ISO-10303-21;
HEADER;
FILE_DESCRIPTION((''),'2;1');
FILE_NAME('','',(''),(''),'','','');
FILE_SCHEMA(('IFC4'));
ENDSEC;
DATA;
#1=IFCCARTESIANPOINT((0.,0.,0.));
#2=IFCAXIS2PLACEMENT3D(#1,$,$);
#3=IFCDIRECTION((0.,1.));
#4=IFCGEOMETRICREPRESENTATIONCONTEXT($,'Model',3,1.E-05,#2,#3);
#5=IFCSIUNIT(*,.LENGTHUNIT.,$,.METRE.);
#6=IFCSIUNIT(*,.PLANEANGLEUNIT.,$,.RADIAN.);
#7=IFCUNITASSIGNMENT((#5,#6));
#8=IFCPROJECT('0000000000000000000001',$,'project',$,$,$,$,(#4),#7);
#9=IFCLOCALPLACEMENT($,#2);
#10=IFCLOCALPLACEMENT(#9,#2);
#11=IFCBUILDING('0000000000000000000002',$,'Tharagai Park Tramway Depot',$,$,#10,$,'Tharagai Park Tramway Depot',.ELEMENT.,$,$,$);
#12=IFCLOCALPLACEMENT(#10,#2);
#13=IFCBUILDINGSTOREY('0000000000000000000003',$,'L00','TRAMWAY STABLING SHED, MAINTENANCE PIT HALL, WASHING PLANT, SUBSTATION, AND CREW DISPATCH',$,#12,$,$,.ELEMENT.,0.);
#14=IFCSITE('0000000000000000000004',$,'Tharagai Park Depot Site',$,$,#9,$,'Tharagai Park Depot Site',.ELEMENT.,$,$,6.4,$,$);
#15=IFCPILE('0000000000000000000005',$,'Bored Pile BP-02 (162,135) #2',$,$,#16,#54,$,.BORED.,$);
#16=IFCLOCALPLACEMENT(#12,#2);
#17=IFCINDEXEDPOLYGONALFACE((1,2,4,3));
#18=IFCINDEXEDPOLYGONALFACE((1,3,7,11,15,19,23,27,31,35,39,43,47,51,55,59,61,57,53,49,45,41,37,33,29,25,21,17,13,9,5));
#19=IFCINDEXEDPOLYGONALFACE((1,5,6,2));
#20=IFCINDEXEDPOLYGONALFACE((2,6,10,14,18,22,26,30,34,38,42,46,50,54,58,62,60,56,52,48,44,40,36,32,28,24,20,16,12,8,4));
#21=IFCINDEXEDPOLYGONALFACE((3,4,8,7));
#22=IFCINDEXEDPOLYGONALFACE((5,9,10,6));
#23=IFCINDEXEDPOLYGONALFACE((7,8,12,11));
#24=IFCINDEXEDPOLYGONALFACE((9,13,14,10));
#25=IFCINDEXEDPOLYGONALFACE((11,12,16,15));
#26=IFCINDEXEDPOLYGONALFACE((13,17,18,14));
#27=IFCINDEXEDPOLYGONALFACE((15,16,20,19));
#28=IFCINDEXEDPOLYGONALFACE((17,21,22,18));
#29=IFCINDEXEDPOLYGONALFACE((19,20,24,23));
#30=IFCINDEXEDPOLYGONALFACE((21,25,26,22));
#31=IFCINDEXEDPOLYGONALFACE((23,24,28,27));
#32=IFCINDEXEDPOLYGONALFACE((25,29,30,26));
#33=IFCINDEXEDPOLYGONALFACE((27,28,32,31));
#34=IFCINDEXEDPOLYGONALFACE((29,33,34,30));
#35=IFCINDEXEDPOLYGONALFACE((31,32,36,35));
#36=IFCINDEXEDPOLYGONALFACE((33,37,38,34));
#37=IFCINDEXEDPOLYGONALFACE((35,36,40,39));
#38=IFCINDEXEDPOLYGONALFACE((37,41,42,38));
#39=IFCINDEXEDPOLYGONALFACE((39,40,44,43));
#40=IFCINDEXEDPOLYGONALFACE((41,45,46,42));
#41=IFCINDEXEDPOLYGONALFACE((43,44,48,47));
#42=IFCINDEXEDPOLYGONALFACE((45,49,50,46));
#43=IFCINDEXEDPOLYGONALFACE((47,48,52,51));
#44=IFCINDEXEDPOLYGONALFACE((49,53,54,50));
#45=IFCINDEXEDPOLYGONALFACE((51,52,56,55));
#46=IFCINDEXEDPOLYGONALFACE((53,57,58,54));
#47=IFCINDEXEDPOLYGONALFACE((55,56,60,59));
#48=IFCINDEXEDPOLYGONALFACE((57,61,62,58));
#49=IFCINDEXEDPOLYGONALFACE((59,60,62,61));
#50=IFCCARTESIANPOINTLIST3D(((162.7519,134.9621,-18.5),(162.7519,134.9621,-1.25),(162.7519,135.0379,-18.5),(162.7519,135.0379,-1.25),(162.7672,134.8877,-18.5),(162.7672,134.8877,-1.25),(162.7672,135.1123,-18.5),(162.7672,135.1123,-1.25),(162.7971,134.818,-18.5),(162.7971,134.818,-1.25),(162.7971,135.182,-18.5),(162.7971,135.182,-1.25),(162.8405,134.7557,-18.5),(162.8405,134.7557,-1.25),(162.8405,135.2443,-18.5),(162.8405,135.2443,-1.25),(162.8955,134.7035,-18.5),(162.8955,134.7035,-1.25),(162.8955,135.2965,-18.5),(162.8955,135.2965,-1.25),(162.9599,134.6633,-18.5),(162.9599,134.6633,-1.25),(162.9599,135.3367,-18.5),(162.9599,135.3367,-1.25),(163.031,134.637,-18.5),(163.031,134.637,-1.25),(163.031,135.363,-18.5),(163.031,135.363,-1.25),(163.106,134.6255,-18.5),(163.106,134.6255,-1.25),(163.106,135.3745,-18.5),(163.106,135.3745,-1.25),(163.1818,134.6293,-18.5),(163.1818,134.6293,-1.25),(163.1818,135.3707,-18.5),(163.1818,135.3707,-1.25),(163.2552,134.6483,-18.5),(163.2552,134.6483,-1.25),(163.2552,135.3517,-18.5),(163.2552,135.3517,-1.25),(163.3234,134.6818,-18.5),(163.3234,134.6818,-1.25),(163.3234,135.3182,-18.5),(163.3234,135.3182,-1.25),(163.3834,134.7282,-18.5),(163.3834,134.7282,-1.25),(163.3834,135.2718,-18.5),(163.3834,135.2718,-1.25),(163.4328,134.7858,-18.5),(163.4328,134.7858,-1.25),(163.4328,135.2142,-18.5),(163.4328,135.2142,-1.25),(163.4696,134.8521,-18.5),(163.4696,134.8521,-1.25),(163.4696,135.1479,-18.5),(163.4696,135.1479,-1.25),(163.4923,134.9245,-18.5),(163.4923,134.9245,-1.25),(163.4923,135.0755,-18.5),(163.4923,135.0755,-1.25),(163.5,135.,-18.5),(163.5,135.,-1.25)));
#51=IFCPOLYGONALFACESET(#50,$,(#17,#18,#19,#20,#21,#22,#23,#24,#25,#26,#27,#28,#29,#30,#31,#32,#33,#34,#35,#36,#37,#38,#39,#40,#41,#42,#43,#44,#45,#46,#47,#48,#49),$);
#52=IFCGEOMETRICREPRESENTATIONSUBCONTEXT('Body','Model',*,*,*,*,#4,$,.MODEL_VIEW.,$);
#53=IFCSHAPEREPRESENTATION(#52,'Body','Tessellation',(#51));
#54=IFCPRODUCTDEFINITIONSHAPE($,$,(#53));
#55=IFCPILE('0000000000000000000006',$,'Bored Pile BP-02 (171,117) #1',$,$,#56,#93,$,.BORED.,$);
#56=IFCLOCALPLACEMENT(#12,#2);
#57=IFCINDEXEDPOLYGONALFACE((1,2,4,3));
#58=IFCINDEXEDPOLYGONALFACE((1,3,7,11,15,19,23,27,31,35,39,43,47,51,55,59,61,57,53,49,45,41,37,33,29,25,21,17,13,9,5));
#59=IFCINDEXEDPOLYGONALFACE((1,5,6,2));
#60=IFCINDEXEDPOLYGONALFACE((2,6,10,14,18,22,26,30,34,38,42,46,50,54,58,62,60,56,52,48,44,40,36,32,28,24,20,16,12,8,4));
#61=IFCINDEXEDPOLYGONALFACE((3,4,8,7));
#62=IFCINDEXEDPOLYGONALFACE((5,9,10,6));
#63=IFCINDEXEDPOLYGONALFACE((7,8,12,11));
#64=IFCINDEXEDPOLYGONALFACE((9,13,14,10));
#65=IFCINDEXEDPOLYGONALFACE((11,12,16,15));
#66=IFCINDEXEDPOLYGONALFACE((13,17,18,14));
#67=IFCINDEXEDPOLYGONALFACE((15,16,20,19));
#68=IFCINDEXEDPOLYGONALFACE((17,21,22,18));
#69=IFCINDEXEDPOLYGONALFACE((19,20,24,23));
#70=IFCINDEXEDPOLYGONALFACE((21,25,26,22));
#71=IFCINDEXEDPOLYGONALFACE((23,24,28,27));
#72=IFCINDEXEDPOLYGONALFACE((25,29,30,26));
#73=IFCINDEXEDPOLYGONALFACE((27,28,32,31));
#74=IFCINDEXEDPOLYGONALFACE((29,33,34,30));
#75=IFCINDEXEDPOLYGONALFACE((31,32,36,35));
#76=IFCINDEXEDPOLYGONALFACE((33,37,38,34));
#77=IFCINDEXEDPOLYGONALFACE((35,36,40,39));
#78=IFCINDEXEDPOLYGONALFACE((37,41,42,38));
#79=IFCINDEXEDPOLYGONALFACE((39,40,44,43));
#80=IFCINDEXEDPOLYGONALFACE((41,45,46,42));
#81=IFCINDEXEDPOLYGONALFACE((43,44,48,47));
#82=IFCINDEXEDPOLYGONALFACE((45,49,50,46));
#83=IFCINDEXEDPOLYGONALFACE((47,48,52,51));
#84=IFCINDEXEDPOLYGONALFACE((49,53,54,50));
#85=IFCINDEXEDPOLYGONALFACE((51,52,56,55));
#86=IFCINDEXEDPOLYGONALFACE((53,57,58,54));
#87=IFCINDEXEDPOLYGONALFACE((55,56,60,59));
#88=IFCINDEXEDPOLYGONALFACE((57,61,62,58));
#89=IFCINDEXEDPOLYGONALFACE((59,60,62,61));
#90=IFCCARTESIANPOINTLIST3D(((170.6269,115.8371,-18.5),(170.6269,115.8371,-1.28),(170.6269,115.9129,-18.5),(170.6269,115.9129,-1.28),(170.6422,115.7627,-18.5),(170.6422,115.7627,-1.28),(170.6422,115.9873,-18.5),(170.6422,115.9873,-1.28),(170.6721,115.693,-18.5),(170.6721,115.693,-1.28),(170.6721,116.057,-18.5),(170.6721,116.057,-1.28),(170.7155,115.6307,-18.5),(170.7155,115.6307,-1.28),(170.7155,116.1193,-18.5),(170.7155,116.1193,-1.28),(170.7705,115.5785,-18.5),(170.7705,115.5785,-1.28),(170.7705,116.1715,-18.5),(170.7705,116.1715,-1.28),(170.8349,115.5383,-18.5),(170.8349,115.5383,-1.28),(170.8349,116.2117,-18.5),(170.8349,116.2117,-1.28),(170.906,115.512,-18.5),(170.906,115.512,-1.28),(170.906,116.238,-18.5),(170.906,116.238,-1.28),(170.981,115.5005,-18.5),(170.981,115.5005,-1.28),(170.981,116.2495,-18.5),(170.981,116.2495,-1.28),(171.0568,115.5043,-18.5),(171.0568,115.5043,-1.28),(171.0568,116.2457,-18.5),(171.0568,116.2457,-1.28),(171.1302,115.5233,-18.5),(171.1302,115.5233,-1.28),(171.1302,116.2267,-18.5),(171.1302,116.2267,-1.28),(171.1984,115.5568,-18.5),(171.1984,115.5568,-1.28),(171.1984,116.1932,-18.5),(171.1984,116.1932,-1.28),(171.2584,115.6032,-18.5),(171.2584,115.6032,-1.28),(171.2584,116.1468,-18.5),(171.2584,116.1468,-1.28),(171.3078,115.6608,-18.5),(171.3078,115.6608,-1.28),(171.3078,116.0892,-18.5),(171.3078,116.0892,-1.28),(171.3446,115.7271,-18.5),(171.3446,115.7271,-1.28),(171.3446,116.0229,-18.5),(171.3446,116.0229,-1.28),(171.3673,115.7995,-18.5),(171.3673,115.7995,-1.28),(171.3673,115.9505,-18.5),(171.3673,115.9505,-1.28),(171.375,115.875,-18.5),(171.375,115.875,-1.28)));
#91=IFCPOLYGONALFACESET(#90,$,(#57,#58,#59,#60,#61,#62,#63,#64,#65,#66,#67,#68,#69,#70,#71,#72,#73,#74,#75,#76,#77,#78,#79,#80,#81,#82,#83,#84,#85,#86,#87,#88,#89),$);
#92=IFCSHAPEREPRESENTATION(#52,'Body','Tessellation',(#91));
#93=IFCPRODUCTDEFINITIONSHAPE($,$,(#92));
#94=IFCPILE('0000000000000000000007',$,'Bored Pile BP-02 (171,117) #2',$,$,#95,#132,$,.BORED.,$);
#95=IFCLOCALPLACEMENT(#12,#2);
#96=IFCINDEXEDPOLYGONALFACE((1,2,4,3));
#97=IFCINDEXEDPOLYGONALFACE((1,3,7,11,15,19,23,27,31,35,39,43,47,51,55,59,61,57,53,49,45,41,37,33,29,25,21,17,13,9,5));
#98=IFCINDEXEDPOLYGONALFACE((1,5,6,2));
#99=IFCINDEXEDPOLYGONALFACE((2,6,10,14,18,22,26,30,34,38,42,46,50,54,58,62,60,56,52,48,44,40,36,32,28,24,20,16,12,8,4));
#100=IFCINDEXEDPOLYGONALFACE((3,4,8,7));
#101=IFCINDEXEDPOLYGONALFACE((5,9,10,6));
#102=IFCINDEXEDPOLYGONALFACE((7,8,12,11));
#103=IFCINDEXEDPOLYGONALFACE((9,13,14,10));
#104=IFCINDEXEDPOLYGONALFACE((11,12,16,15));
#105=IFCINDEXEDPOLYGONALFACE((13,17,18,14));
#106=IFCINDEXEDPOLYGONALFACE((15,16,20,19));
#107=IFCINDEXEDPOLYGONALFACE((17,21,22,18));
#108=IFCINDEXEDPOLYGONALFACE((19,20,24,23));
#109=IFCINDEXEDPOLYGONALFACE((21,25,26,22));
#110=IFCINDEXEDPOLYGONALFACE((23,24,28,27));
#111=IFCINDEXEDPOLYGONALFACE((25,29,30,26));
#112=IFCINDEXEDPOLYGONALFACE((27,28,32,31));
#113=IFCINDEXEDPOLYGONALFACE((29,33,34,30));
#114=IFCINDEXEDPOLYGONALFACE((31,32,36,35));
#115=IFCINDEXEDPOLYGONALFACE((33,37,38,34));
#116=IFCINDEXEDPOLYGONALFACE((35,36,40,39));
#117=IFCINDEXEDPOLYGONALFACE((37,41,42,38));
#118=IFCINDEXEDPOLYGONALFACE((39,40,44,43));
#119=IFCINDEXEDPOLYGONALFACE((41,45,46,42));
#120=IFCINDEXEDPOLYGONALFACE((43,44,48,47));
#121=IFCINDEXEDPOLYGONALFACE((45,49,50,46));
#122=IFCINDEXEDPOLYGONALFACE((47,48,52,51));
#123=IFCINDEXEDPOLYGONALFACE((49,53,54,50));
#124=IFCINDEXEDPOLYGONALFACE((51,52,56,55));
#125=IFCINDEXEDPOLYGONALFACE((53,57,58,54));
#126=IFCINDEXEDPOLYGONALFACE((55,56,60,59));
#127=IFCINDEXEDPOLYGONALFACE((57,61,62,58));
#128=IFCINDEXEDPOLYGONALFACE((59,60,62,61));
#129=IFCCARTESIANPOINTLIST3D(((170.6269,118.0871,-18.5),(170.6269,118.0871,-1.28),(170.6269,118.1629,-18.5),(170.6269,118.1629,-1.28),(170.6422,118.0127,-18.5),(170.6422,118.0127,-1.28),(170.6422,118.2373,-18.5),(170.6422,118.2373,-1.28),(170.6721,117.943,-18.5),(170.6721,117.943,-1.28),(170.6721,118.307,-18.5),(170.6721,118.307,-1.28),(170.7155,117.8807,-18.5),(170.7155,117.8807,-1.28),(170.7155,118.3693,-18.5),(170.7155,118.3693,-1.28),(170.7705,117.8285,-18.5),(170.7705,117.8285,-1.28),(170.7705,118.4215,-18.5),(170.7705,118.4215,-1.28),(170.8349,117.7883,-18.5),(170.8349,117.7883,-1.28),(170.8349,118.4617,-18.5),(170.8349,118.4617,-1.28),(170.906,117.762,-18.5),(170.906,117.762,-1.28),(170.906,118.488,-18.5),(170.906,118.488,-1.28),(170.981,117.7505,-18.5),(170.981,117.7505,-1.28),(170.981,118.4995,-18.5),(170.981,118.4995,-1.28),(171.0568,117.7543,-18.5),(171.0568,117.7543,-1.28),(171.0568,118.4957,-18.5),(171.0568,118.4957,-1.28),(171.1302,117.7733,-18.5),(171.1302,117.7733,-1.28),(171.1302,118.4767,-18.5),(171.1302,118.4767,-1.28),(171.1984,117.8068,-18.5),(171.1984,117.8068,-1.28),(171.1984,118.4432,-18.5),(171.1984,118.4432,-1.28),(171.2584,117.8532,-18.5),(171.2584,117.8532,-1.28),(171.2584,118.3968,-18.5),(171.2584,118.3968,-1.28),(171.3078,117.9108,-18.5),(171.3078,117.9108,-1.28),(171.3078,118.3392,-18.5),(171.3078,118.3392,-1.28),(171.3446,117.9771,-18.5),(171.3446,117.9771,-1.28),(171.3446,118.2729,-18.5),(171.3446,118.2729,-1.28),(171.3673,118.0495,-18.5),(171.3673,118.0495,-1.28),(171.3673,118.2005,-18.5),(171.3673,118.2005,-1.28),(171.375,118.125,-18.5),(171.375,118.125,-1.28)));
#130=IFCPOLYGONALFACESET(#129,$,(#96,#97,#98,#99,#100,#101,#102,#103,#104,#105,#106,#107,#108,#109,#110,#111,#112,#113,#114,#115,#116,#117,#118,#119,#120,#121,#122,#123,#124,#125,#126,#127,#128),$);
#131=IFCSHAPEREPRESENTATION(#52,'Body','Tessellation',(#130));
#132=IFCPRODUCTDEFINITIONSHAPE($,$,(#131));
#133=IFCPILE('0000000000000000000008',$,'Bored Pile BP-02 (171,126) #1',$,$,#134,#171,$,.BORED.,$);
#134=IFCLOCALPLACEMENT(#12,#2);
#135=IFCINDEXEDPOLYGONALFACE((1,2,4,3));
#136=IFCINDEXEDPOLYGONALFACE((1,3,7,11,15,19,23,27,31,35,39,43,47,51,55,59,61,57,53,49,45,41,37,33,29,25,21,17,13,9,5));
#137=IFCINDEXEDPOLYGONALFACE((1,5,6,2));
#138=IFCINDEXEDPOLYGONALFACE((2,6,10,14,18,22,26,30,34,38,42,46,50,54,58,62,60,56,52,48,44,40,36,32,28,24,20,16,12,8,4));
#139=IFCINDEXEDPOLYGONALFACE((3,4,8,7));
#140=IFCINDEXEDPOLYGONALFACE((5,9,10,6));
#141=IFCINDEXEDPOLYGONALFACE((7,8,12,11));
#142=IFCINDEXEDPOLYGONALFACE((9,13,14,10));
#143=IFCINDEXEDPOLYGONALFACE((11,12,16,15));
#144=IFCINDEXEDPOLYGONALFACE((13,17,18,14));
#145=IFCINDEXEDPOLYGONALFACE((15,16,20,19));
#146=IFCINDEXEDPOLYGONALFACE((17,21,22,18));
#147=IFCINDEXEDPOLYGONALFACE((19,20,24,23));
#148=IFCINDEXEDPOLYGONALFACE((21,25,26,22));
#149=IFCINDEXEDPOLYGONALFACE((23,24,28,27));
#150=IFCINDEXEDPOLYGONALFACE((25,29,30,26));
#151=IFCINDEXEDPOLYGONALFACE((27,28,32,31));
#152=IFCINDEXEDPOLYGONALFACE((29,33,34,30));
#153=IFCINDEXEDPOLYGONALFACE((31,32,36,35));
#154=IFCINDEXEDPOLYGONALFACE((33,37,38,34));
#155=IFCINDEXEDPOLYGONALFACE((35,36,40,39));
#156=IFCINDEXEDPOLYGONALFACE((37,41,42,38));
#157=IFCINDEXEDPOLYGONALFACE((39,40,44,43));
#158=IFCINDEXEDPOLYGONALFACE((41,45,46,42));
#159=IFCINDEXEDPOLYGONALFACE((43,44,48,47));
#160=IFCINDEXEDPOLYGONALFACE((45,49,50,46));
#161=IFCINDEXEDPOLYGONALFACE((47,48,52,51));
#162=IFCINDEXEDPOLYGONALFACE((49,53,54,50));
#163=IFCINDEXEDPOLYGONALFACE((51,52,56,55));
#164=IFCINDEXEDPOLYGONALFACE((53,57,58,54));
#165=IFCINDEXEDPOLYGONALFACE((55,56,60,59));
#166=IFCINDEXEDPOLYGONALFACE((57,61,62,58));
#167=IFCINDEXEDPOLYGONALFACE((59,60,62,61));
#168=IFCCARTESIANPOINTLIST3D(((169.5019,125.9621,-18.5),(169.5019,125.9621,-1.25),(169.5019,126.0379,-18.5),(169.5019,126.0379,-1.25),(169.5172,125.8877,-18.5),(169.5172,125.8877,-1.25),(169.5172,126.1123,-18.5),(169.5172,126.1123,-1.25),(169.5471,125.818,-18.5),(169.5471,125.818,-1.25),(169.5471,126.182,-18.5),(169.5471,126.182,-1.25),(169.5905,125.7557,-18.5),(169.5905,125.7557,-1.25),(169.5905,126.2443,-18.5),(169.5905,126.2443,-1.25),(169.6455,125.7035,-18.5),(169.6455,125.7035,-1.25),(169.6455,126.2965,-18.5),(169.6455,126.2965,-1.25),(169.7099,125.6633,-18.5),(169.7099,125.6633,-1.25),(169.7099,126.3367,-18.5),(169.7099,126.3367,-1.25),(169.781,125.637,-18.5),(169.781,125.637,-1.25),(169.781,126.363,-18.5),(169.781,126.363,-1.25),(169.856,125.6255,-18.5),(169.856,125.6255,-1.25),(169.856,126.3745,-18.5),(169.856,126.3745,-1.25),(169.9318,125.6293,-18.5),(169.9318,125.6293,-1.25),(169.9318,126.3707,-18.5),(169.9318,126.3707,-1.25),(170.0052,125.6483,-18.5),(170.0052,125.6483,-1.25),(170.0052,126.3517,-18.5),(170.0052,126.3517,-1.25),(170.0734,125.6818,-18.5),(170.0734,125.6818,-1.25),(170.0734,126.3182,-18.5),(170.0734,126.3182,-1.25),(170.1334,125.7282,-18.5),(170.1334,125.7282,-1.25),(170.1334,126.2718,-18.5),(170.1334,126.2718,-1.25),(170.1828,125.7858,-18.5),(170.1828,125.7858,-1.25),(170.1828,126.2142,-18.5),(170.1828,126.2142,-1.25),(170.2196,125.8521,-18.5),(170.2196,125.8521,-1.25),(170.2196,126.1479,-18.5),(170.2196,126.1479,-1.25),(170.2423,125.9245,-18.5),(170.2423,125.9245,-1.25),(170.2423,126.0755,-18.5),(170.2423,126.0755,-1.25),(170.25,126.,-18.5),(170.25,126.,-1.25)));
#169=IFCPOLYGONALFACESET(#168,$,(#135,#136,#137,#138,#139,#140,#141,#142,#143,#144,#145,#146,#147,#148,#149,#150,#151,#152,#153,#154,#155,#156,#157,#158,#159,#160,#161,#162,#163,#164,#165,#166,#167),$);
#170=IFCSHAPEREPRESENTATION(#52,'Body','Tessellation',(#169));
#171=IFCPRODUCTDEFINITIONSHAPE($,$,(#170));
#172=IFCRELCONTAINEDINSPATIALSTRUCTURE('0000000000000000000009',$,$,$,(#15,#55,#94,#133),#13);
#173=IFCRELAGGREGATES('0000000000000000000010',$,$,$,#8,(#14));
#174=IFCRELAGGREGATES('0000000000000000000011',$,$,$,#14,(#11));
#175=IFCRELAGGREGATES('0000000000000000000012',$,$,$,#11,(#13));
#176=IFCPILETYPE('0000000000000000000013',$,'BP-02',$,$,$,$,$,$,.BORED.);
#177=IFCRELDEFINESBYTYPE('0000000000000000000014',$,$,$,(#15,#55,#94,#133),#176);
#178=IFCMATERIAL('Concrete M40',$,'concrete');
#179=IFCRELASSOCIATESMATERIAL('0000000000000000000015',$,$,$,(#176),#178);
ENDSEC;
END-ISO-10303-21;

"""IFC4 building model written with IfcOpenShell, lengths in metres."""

from ifc_helpers import new_model, si_unit, direction, frame, origin, origin_2d, place, context, subcontext, project, spatial, circle, extrude, material, material_profile, profile_set, type_object, element, save


model = new_model("IFC4")

# Units and contexts
model_context = context("Model", 3, precision=1e-05, world=origin(), true_north=direction((0.0, 1.0)))
body_context = subcontext(model_context, "Body", "Model", "MODEL_VIEW")
ifc_project = project(units=[si_unit("LENGTHUNIT", "METRE"), si_unit("PLANEANGLEUNIT", "RADIAN")], contexts=[model_context])

# Site, building, storey
site_placement = place(None, origin())
site = spatial("IfcSite", under=ifc_project, at=site_placement, Name="Tharagai Park Depot Site", LongName="Tharagai Park Depot Site", CompositionType="ELEMENT", RefElevation=6.4)
building_placement = place(site_placement, origin())
building = spatial("IfcBuilding", under=site, at=building_placement, Name="Tharagai Park Tramway Depot", LongName="Tharagai Park Tramway Depot", CompositionType="ELEMENT")
storey_placement = place(building_placement, origin())
storey = spatial("IfcBuildingStorey", under=building, at=storey_placement, Name="L00", Description="TRAMWAY STABLING SHED, MAINTENANCE PIT HALL, WASHING PLANT, SUBSTATION, AND CREW DISPATCH", CompositionType="ELEMENT", Elevation=0.0)

# Piles
ifc_material_1 = material(Name="Concrete M40", Category="concrete")
ifc_material_profile_1 = material_profile(ifc_material_1, circle(Radius=0.375, at=origin_2d()), Name="PILE D750")
ifc_profile_set_1 = profile_set([ifc_material_profile_1], Name="Concrete M40")
pile_type = type_object("IfcPileType", Name="BP-02", PredefinedType="BORED", material=ifc_profile_set_1)
for number, where, z_axis, x_axis, name in (
    (1, (163.125, 135.0, -1.25), (0.0, 0.0, -1.0), (1.0, 0.0, 0.0), "Bored Pile BP-02 (162,135) #2"),
):
    element("IfcPile", number, at=place(storey_placement, frame(where, z_axis=z_axis, x_axis=x_axis)), inside=storey, type_object=pile_type, Name=name, PredefinedType="BORED", context=body_context, shape_type="SweptSolid", body=[
        extrude(circle(Radius=0.375, at=origin_2d()), origin(), (0.0, 0.0, 1.0), 17.25),
    ])
for number, where, z_axis, x_axis, name in (
    (2, (171.0, 115.875, -1.28), (0.0, 0.0, -1.0), (1.0, 0.0, 0.0), "Bored Pile BP-02 (171,117) #1"),
    (3, (171.0, 118.125, -1.28), (0.0, 0.0, -1.0), (1.0, 0.0, 0.0), "Bored Pile BP-02 (171,117) #2"),
):
    element("IfcPile", number, at=place(storey_placement, frame(where, z_axis=z_axis, x_axis=x_axis)), inside=storey, type_object=pile_type, Name=name, PredefinedType="BORED", context=body_context, shape_type="SweptSolid", body=[
        extrude(circle(Radius=0.375, at=origin_2d()), origin(), (0.0, 0.0, 1.0), 17.22),
    ])
pile_1_placement = place(storey_placement, frame((169.875, 126.0, -1.25), z_axis=(0.0, 0.0, -1.0), x_axis=(1.0, 0.0, 0.0)))
element("IfcPile", 4, at=pile_1_placement, inside=storey, type_object=pile_type, Name="Bored Pile BP-02 (171,126) #1", PredefinedType="BORED", context=body_context, shape_type="SweptSolid", body=[
    extrude(circle(Radius=0.375, at=origin_2d()), origin(), (0.0, 0.0, 1.0), 17.25),
])

save(model, "model.ifc")
